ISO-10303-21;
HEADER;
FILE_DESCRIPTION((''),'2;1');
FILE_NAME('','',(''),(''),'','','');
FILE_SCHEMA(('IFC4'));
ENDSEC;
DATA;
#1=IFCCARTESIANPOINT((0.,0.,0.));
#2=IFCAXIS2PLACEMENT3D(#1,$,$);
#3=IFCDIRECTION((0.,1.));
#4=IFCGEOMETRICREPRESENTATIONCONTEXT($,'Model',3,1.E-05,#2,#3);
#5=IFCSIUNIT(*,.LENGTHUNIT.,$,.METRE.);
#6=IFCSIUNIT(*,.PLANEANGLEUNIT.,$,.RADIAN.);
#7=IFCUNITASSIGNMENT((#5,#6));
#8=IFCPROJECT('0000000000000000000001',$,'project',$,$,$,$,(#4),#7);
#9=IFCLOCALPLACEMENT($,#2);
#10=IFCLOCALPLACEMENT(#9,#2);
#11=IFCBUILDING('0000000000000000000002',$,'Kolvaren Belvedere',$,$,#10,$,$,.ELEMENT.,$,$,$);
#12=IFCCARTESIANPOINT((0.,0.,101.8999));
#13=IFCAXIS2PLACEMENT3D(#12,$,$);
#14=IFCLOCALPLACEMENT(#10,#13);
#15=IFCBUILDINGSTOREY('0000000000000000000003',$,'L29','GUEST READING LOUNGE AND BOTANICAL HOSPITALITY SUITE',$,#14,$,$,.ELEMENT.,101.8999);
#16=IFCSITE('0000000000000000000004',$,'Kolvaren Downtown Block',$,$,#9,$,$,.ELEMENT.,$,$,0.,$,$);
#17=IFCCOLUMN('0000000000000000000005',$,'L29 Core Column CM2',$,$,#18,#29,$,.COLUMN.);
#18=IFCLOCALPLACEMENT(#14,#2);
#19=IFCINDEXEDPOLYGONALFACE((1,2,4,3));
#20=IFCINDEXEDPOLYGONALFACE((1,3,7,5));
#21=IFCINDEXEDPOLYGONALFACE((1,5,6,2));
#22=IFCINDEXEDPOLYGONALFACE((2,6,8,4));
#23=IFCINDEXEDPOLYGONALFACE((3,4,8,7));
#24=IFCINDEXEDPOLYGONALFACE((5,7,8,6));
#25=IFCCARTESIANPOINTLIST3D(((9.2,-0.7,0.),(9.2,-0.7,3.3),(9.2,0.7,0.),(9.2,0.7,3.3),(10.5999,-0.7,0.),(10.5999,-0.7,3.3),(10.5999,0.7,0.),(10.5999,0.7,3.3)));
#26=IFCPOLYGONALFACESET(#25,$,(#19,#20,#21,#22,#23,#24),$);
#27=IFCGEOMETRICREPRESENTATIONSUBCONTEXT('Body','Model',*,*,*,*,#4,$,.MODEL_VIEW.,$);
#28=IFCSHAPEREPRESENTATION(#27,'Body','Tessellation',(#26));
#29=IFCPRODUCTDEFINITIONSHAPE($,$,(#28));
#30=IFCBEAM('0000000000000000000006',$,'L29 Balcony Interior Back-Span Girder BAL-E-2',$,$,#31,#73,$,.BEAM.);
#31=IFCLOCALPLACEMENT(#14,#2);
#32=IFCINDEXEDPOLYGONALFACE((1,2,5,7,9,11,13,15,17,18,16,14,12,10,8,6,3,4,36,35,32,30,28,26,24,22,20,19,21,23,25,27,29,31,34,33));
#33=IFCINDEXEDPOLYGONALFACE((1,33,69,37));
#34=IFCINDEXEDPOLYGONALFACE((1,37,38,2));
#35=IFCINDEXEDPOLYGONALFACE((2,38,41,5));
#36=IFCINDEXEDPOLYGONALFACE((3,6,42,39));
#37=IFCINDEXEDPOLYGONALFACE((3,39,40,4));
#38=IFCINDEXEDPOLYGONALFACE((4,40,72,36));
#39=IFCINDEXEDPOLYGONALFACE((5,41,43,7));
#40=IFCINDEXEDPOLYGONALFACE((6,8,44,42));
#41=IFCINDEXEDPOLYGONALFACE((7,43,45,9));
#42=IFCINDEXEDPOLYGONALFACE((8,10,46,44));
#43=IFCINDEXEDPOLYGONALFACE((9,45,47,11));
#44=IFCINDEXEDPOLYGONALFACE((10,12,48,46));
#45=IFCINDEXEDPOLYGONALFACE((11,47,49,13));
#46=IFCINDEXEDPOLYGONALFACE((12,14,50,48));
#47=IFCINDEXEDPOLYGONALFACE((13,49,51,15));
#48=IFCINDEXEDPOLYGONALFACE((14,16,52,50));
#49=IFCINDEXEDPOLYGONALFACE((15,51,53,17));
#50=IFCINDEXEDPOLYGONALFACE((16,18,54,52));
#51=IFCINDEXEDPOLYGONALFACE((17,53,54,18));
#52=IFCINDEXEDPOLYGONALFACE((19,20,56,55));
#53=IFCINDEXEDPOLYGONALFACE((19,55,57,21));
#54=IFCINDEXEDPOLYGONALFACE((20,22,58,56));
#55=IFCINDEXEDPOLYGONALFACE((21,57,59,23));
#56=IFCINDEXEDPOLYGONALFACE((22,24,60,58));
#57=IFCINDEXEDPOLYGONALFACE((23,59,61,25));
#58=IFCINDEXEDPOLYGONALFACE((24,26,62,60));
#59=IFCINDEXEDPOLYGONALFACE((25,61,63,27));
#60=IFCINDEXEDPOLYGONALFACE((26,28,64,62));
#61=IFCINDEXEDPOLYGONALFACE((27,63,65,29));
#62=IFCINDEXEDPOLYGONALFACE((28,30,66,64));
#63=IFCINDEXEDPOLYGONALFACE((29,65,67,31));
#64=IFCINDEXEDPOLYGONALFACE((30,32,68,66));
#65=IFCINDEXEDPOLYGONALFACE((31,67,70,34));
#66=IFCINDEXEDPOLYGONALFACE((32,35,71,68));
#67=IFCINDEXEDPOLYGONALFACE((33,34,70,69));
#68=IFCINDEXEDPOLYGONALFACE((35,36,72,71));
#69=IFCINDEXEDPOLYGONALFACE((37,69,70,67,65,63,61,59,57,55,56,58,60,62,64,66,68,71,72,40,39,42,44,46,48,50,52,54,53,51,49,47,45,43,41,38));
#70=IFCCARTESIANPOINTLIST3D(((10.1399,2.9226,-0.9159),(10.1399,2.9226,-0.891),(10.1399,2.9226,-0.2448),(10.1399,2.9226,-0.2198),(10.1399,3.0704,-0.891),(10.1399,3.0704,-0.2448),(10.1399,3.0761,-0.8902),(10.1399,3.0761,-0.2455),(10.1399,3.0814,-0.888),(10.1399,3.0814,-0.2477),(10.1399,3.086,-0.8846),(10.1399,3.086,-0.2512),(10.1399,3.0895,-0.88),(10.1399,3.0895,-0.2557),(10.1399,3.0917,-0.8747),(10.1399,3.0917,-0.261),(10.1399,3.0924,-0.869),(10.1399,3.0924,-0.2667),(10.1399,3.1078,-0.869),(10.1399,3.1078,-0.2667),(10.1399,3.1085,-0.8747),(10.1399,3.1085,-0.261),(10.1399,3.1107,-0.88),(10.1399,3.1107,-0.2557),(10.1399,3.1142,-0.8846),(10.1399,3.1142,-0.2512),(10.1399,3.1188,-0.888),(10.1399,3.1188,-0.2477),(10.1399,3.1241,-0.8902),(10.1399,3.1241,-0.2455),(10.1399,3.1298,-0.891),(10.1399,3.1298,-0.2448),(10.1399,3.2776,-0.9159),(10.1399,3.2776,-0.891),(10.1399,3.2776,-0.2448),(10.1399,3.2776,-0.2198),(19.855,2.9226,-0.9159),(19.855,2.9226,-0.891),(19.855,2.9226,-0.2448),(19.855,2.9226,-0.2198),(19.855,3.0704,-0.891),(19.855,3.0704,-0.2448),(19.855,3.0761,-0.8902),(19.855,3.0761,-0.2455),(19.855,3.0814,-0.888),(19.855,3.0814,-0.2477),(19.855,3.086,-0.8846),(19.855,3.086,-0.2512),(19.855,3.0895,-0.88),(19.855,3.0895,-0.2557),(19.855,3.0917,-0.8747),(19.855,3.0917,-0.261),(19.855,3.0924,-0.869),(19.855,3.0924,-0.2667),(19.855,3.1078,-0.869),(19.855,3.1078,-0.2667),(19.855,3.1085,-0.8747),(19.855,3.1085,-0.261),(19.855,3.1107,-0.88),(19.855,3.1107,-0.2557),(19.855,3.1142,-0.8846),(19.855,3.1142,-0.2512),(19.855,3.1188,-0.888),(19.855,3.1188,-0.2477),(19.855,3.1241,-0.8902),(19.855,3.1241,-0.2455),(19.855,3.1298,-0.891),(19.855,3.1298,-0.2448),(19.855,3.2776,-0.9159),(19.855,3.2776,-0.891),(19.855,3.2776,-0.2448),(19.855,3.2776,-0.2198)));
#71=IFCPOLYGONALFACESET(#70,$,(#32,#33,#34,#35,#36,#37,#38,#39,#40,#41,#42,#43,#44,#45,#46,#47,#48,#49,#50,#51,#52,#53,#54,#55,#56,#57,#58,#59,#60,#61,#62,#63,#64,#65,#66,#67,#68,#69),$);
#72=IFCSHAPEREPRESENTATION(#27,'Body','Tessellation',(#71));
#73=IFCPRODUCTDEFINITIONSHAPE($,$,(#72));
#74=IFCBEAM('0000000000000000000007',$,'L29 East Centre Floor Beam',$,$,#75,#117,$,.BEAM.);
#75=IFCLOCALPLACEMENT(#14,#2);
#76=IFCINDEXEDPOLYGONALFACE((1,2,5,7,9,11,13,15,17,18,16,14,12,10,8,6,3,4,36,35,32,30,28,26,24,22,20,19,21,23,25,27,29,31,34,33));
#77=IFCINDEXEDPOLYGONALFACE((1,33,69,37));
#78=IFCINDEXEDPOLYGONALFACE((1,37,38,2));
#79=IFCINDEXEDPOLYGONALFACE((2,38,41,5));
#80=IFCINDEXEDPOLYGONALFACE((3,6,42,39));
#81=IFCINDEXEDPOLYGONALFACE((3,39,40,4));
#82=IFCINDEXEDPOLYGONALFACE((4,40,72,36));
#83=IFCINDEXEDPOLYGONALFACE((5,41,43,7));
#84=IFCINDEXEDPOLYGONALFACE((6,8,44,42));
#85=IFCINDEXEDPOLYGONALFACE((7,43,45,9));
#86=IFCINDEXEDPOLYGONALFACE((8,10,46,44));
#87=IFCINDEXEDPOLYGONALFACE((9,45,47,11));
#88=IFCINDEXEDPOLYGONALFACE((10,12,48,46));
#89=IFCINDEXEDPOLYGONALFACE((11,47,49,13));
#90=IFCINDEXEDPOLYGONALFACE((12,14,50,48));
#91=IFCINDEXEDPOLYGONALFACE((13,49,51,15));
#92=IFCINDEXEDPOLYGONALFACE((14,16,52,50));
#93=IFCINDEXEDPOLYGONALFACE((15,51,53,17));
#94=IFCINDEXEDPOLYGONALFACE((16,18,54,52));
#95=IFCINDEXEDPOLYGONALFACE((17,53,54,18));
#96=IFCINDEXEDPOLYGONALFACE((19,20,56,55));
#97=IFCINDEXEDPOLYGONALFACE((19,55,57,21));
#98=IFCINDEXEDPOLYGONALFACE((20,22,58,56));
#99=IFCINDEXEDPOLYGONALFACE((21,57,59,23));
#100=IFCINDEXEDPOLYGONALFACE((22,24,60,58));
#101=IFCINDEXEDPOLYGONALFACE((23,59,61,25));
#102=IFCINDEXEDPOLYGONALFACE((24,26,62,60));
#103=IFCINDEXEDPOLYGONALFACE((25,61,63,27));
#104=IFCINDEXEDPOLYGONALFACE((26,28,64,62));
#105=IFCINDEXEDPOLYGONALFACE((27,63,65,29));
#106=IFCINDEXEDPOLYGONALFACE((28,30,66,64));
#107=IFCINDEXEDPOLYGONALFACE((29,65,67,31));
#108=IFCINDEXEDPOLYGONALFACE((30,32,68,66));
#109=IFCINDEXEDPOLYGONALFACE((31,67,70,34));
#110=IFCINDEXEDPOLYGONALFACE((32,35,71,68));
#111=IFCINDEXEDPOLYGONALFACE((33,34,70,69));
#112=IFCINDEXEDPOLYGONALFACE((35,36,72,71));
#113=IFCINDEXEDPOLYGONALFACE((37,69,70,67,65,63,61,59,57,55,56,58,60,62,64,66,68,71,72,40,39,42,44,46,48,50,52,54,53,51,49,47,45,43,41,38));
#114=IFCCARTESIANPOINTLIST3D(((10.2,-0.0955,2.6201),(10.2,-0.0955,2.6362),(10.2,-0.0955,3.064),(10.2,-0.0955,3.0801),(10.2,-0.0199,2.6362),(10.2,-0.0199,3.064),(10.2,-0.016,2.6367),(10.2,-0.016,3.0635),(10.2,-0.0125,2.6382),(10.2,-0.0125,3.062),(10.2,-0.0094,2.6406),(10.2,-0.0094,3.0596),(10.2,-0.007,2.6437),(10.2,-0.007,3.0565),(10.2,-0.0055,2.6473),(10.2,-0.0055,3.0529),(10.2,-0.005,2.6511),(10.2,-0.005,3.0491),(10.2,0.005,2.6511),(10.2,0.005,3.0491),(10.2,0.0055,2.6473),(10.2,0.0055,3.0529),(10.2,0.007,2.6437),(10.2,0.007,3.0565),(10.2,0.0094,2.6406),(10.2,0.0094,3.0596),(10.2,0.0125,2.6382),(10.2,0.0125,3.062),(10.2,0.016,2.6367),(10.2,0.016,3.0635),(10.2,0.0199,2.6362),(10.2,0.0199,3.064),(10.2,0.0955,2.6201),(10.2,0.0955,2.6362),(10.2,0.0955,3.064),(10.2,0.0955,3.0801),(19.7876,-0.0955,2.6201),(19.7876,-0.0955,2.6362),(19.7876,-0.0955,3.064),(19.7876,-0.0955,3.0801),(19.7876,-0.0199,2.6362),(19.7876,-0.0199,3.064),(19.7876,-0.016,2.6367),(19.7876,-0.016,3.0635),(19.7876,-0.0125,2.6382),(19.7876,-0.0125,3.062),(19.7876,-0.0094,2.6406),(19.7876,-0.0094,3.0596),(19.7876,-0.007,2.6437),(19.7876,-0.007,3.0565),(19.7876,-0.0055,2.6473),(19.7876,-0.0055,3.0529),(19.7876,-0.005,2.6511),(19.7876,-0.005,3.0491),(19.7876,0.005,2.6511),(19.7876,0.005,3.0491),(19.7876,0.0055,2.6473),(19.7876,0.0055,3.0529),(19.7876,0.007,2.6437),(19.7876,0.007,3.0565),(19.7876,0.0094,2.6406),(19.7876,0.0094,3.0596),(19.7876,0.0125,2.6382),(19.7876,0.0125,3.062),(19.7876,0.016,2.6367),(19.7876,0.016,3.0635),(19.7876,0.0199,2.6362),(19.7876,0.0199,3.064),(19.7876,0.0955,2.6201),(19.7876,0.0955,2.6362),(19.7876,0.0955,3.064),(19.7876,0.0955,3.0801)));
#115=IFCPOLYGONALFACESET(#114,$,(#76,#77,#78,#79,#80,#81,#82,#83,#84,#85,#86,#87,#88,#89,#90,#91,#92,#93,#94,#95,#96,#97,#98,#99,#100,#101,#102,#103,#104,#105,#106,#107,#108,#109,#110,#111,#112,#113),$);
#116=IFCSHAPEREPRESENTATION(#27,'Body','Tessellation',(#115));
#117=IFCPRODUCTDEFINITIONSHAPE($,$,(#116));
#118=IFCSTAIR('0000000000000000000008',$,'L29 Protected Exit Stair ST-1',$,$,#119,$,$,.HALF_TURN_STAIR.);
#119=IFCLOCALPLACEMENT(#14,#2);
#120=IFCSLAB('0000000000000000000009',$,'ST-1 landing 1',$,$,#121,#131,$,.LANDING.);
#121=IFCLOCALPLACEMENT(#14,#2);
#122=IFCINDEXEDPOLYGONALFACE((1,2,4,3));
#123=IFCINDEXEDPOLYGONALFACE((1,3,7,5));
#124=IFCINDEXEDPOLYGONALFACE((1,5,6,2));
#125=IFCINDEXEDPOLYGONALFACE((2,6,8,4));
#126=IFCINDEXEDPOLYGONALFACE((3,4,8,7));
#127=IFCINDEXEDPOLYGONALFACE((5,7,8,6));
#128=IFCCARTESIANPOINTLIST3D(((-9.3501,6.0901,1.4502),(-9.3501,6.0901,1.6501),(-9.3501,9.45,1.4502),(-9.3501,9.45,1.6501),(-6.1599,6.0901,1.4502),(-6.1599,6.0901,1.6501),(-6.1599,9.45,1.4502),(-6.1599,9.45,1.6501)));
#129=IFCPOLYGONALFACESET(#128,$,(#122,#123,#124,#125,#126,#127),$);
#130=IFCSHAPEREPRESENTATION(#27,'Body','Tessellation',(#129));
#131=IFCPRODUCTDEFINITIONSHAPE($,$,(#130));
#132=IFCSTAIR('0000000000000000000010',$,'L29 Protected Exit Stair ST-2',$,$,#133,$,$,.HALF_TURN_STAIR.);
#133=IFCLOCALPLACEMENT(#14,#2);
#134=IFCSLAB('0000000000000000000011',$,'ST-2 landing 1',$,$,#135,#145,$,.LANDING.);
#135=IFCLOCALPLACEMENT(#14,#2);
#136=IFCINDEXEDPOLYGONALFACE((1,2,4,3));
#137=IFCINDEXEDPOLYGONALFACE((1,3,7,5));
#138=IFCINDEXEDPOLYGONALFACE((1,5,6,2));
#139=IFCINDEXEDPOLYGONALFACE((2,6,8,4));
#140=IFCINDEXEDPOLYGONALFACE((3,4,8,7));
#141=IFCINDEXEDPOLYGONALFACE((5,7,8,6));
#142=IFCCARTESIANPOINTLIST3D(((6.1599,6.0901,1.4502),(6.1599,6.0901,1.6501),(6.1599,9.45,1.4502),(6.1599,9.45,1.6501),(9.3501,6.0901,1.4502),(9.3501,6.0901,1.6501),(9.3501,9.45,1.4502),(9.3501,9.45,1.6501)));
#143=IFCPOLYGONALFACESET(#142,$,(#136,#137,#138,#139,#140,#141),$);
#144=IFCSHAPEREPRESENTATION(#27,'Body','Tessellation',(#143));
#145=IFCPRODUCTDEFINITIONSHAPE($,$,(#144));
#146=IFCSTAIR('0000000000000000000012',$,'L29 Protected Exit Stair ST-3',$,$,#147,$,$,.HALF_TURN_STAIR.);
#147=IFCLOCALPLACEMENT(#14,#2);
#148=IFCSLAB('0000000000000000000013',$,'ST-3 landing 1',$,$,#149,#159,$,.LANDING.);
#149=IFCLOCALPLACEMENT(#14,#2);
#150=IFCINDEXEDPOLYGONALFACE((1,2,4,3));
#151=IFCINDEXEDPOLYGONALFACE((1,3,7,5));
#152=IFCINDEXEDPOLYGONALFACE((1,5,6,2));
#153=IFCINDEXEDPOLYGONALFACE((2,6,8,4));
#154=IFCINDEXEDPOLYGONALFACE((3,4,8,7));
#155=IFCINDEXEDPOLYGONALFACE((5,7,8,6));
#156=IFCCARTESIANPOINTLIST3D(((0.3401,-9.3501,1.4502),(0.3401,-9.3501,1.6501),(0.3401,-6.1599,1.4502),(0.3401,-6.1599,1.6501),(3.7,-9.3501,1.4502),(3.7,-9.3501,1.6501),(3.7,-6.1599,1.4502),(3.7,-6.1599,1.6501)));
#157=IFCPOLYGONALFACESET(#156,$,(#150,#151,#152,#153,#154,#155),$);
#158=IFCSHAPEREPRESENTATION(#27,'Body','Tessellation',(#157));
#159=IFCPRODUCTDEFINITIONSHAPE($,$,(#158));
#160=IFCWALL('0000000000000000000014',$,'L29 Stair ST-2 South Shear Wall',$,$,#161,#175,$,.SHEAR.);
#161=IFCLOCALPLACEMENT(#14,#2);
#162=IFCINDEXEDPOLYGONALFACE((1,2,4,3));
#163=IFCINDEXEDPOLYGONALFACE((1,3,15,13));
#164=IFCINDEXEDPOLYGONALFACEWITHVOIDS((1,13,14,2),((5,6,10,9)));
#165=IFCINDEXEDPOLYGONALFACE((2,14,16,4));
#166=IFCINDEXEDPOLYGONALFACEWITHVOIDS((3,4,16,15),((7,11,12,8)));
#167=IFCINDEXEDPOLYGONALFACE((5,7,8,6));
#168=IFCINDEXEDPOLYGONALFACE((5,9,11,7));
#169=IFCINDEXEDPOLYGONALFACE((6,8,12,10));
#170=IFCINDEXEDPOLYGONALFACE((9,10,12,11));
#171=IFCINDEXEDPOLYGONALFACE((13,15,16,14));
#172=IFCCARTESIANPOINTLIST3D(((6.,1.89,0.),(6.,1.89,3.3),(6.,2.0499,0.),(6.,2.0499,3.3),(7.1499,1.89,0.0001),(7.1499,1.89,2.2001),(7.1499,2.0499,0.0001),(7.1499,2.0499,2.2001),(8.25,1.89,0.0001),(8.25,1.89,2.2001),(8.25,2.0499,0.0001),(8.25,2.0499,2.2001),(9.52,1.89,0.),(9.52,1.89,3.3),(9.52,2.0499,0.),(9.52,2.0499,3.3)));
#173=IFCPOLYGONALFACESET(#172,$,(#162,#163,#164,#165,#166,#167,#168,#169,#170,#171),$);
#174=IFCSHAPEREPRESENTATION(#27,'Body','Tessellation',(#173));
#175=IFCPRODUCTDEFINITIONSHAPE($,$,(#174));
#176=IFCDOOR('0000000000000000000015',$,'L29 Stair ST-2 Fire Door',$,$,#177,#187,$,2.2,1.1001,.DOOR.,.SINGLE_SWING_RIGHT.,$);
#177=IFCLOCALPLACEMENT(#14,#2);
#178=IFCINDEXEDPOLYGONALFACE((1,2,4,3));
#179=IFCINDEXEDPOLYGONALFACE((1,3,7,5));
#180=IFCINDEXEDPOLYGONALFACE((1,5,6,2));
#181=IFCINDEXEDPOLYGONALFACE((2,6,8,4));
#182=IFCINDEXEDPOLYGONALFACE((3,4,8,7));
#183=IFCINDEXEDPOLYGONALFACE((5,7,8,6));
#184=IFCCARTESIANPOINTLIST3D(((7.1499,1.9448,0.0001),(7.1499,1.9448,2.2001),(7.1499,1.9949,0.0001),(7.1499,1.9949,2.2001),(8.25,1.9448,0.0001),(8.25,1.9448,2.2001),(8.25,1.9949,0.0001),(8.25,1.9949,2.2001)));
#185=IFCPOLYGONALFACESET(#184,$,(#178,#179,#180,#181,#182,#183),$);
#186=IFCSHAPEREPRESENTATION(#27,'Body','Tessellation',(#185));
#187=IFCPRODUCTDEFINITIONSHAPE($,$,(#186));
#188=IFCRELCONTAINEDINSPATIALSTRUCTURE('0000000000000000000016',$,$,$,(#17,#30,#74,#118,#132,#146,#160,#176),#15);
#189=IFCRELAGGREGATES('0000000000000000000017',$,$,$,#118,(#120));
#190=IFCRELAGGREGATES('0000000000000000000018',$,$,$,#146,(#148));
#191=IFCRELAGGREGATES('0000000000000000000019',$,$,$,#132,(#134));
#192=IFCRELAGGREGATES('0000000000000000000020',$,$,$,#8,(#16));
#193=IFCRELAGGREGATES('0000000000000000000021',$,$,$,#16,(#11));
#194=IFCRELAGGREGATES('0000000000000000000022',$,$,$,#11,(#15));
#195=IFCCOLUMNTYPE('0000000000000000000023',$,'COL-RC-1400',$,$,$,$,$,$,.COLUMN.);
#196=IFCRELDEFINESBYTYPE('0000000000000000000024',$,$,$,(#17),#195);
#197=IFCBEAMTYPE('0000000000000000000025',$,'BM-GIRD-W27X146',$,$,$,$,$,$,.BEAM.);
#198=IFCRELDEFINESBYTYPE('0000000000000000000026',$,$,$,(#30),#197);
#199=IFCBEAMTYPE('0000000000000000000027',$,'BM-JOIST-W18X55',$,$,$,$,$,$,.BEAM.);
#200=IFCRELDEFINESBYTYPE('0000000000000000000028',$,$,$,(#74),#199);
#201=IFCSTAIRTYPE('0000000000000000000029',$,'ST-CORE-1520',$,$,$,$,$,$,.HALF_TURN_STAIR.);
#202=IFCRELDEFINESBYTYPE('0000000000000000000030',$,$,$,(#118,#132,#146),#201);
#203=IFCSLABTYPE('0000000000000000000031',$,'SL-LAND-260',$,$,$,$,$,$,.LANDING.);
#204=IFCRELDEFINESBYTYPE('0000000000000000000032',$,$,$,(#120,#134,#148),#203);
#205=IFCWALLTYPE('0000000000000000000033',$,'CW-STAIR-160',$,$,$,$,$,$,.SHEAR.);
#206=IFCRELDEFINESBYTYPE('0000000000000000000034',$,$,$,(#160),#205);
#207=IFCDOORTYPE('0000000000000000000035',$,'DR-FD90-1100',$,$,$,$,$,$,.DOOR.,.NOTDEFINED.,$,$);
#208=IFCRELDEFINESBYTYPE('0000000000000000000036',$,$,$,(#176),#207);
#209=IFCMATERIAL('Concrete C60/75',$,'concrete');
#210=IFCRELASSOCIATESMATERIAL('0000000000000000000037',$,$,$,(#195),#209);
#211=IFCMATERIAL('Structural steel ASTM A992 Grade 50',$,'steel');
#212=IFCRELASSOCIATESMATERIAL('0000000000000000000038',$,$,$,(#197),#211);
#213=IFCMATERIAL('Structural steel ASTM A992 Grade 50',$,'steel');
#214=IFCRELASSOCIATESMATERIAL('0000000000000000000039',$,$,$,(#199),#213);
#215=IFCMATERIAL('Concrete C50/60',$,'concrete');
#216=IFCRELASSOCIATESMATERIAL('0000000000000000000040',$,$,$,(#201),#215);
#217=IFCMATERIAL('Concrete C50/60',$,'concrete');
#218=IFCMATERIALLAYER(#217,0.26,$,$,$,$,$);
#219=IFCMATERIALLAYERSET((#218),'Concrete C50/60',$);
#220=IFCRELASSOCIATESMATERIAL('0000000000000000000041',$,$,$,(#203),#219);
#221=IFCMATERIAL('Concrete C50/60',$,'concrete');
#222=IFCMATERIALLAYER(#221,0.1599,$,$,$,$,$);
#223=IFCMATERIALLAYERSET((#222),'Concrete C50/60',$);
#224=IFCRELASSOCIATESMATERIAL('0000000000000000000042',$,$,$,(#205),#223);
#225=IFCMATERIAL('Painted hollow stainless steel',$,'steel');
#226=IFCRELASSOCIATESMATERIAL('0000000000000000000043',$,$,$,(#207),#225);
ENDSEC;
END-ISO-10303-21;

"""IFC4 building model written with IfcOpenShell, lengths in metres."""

from ifc_helpers import new_model, si_unit, direction, frame, frame_2d, origin, origin_2d, place, context, subcontext, project, spatial, polyline, rectangle, i_section, outline, extrude, material, layer, layer_set, material_profile, profile_set, type_object, element, fill, aggregate, save


model = new_model("IFC4")

# Units and contexts
model_context = context("Model", 3, precision=1e-05, world=origin(), true_north=direction((0.0, 1.0)))
body_context = subcontext(model_context, "Body", "Model", "MODEL_VIEW")
ifc_project = project(units=[si_unit("LENGTHUNIT", "METRE"), si_unit("PLANEANGLEUNIT", "RADIAN")], contexts=[model_context])

# Site, building, storey
site_placement = place(None, origin())
site = spatial("IfcSite", under=ifc_project, at=site_placement, Name="Kolvaren Downtown Block", CompositionType="ELEMENT", RefElevation=0.0)
building_placement = place(site_placement, origin())
building = spatial("IfcBuilding", under=site, at=building_placement, Name="Kolvaren Belvedere", CompositionType="ELEMENT")
storey_placement = place(building_placement, frame((0.0, 0.0, 101.8999)))
storey = spatial("IfcBuildingStorey", under=building, at=storey_placement, Name="L29", Description="GUEST READING LOUNGE AND BOTANICAL HOSPITALITY SUITE", CompositionType="ELEMENT", Elevation=101.8999)

# Column
ifc_material_1 = material(Name="Concrete C60/75", Category="concrete")
ifc_material_profile_1 = material_profile(ifc_material_1, rectangle(XDim=1.3999, YDim=1.3999, at=origin_2d()), Name="RC 1400X1400")
ifc_profile_set_1 = profile_set([ifc_material_profile_1], Name="Concrete C60/75")
column_type = type_object("IfcColumnType", Name="COL-RC-1400", PredefinedType="COLUMN", material=ifc_profile_set_1)
column_placement = place(storey_placement, frame((9.8999, 0.0, 0.0), z_axis=(0.0, 0.0, 1.0), x_axis=(1.0, 0.0, 0.0)))
element("IfcColumn", 1, at=column_placement, inside=storey, type_object=column_type, Name="L29 Core Column CM2", PredefinedType="COLUMN", context=body_context, shape_type="SweptSolid", body=[
    extrude(rectangle(XDim=1.3999, YDim=1.3999, at=origin_2d()), origin(), (0.0, 0.0, 1.0), 3.3),
])

# Beams
ifc_material_2 = material(Name="Structural steel ASTM A992 Grade 50", Category="steel")
ifc_material_profile_2 = material_profile(ifc_material_2, i_section(OverallWidth=0.355, OverallDepth=0.696, WebThickness=0.0154, FlangeThickness=0.0249, FilletRadius=0.022, at=origin_2d()), Name="W27X146")
ifc_profile_set_2 = profile_set([ifc_material_profile_2], Name="Structural steel ASTM A992 Grade 50")
beam_type_1 = type_object("IfcBeamType", Name="BM-GIRD-W27X146", PredefinedType="BEAM", material=ifc_profile_set_2)
beam_1_placement = place(storey_placement, frame((10.1399, 3.1001, -0.5679), z_axis=(1.0, 0.0, 0.0), x_axis=(0.0, 1.0, 0.0)))
element("IfcBeam", 2, at=beam_1_placement, inside=storey, type_object=beam_type_1, Name="L29 Balcony Interior Back-Span Girder BAL-E-2", PredefinedType="BEAM", context=body_context, shape_type="SweptSolid", body=[
    extrude(i_section(OverallWidth=0.355, OverallDepth=0.696, WebThickness=0.0154, FlangeThickness=0.0249, FilletRadius=0.022, at=origin_2d()), origin(), (0.0, 0.0, 1.0), 9.7151),
])
ifc_material_3 = material(Name="Structural steel ASTM A992 Grade 50", Category="steel")
ifc_material_profile_3 = material_profile(ifc_material_3, i_section(OverallWidth=0.1909, OverallDepth=0.46, WebThickness=0.01, FlangeThickness=0.0161, FilletRadius=0.0149, at=origin_2d()), Name="W18X55")
ifc_profile_set_3 = profile_set([ifc_material_profile_3], Name="Structural steel ASTM A992 Grade 50")
beam_type_2 = type_object("IfcBeamType", Name="BM-JOIST-W18X55", PredefinedType="BEAM", material=ifc_profile_set_3)
beam_2_placement = place(storey_placement, frame((10.2, 0.0, 2.8501), z_axis=(1.0, 0.0, 0.0), x_axis=(0.0, 1.0, 0.0)))
element("IfcBeam", 3, at=beam_2_placement, inside=storey, type_object=beam_type_2, Name="L29 East Centre Floor Beam", PredefinedType="BEAM", context=body_context, shape_type="SweptSolid", body=[
    extrude(i_section(OverallWidth=0.1909, OverallDepth=0.46, WebThickness=0.01, FlangeThickness=0.0161, FilletRadius=0.0149, at=origin_2d()), origin(), (0.0, 0.0, 1.0), 9.5876),
])

# Stairs, slabs
ifc_material_4 = material(Name="Concrete C50/60", Category="concrete")
stair_type = type_object("IfcStairType", Name="ST-CORE-1520", PredefinedType="HALF_TURN_STAIR", material=ifc_material_4)
stair_1_placement = place(storey_placement, origin())
stair_1 = element("IfcStair", 4, at=stair_1_placement, inside=storey, type_object=stair_type, Name="L29 Protected Exit Stair ST-1", PredefinedType="HALF_TURN_STAIR")
ifc_material_5 = material(Name="Concrete C50/60", Category="concrete")
ifc_layer_1 = layer(ifc_material_5, 0.26)
ifc_layer_set_1 = layer_set([ifc_layer_1], Name="Concrete C50/60")
slab_type = type_object("IfcSlabType", Name="SL-LAND-260", PredefinedType="LANDING", material=ifc_layer_set_1)
slab_1_placement = place(storey_placement, frame((0.0, 0.0, 1.4502)))
slab_1 = element("IfcSlab", 5, at=slab_1_placement, type_object=slab_type, Name="ST-1 landing 1", PredefinedType="LANDING", context=body_context, shape_type="SweptSolid", body=[
    extrude(outline(polyline([(-6.1599, 6.0901), (-6.1599, 9.45), (-9.3501, 9.45), (-9.3501, 6.0901), (-6.1599, 6.0901)])), origin(), (0.0, 0.0, 1.0), 0.2),
])
aggregate(stair_1, [slab_1])
stair_2_placement = place(storey_placement, origin())
stair_2 = element("IfcStair", 6, at=stair_2_placement, inside=storey, type_object=stair_type, Name="L29 Protected Exit Stair ST-2", PredefinedType="HALF_TURN_STAIR")
slab_2_placement = place(storey_placement, frame((0.0, 0.0, 1.4502)))
slab_2 = element("IfcSlab", 7, at=slab_2_placement, type_object=slab_type, Name="ST-2 landing 1", PredefinedType="LANDING", context=body_context, shape_type="SweptSolid", body=[
    extrude(outline(polyline([(9.3501, 6.0901), (9.3501, 9.45), (6.1599, 9.45), (6.1599, 6.0901), (9.3501, 6.0901)])), origin(), (0.0, 0.0, 1.0), 0.2),
])
stair_3_placement = place(storey_placement, origin())
stair_3 = element("IfcStair", 8, at=stair_3_placement, inside=storey, type_object=stair_type, Name="L29 Protected Exit Stair ST-3", PredefinedType="HALF_TURN_STAIR")
slab_3_placement = place(storey_placement, frame((0.0, 0.0, 1.4502)))
slab_3 = element("IfcSlab", 9, at=slab_3_placement, type_object=slab_type, Name="ST-3 landing 1", PredefinedType="LANDING", context=body_context, shape_type="SweptSolid", body=[
    extrude(outline(polyline([(0.3401, -9.3501), (3.7, -9.3501), (3.7, -6.1599), (0.3401, -6.1599), (0.3401, -9.3501)])), origin(), (0.0, 0.0, 1.0), 0.2),
])
aggregate(stair_3, [slab_3])

# Wall, opening, door
ifc_material_6 = material(Name="Concrete C50/60", Category="concrete")
ifc_layer_2 = layer(ifc_material_6, 0.1599)
ifc_layer_set_2 = layer_set([ifc_layer_2], Name="Concrete C50/60")
wall_type_1 = type_object("IfcWallType", Name="CW-STAIR-160", PredefinedType="SHEAR", material=ifc_layer_set_2)
wall_1_placement = place(storey_placement, frame((6.0, 1.97, 0.0), z_axis=(0.0, 0.0, 1.0), x_axis=(1.0, 0.0, 0.0)))
wall_1 = element("IfcWall", 10, at=wall_1_placement, inside=storey, type_object=wall_type_1, Name="L29 Stair ST-2 South Shear Wall", PredefinedType="SHEAR", context=body_context, shape_type="SweptSolid", body=[
    extrude(rectangle(XDim=3.52, YDim=0.1599, at=frame_2d((1.76, 0.0))), origin(), (0.0, 0.0, 1.0), 3.3),
])
opening_1_placement = place(wall_1_placement, frame((1.1499, 0.0, 0.0)))
opening_1 = element("IfcOpeningElement", 11, at=opening_1_placement, cuts=wall_1, PredefinedType="OPENING", context=body_context, shape_type="SweptSolid", body=[
    extrude(rectangle(XDim=1.1001, YDim=2.2, at=frame_2d((0.55, 1.1001))), frame((0.0, 0.0898, 0.0), z_axis=(0.0, -1.0, 0.0), x_axis=(1.0, 0.0, 0.0)), (0.0, 0.0, 1.0), 0.1799),
])
ifc_material_7 = material(Name="Painted hollow stainless steel", Category="steel")
door_type_1 = type_object("IfcDoorType", Name="DR-FD90-1100", OperationType="NOTDEFINED", PredefinedType="DOOR", material=ifc_material_7)
door_1_placement = place(opening_1_placement, origin())
door_1 = element("IfcDoor", 12, at=door_1_placement, inside=storey, type_object=door_type_1, Name="L29 Stair ST-2 Fire Door", OperationType="SINGLE_SWING_RIGHT", OverallHeight=2.2, OverallWidth=1.1001, PredefinedType="DOOR", context=body_context, shape_type="SweptSolid", body=[
    extrude(rectangle(XDim=1.1001, YDim=2.2, at=frame_2d((0.55, 1.1001))), frame((0.0, 0.0249, 0.0), z_axis=(0.0, -1.0, 0.0), x_axis=(1.0, 0.0, 0.0)), (0.0, 0.0, 1.0), 0.05),
])
fill(opening_1, door_1)

aggregate(stair_2, [slab_2])

save(model, "model.ifc")
